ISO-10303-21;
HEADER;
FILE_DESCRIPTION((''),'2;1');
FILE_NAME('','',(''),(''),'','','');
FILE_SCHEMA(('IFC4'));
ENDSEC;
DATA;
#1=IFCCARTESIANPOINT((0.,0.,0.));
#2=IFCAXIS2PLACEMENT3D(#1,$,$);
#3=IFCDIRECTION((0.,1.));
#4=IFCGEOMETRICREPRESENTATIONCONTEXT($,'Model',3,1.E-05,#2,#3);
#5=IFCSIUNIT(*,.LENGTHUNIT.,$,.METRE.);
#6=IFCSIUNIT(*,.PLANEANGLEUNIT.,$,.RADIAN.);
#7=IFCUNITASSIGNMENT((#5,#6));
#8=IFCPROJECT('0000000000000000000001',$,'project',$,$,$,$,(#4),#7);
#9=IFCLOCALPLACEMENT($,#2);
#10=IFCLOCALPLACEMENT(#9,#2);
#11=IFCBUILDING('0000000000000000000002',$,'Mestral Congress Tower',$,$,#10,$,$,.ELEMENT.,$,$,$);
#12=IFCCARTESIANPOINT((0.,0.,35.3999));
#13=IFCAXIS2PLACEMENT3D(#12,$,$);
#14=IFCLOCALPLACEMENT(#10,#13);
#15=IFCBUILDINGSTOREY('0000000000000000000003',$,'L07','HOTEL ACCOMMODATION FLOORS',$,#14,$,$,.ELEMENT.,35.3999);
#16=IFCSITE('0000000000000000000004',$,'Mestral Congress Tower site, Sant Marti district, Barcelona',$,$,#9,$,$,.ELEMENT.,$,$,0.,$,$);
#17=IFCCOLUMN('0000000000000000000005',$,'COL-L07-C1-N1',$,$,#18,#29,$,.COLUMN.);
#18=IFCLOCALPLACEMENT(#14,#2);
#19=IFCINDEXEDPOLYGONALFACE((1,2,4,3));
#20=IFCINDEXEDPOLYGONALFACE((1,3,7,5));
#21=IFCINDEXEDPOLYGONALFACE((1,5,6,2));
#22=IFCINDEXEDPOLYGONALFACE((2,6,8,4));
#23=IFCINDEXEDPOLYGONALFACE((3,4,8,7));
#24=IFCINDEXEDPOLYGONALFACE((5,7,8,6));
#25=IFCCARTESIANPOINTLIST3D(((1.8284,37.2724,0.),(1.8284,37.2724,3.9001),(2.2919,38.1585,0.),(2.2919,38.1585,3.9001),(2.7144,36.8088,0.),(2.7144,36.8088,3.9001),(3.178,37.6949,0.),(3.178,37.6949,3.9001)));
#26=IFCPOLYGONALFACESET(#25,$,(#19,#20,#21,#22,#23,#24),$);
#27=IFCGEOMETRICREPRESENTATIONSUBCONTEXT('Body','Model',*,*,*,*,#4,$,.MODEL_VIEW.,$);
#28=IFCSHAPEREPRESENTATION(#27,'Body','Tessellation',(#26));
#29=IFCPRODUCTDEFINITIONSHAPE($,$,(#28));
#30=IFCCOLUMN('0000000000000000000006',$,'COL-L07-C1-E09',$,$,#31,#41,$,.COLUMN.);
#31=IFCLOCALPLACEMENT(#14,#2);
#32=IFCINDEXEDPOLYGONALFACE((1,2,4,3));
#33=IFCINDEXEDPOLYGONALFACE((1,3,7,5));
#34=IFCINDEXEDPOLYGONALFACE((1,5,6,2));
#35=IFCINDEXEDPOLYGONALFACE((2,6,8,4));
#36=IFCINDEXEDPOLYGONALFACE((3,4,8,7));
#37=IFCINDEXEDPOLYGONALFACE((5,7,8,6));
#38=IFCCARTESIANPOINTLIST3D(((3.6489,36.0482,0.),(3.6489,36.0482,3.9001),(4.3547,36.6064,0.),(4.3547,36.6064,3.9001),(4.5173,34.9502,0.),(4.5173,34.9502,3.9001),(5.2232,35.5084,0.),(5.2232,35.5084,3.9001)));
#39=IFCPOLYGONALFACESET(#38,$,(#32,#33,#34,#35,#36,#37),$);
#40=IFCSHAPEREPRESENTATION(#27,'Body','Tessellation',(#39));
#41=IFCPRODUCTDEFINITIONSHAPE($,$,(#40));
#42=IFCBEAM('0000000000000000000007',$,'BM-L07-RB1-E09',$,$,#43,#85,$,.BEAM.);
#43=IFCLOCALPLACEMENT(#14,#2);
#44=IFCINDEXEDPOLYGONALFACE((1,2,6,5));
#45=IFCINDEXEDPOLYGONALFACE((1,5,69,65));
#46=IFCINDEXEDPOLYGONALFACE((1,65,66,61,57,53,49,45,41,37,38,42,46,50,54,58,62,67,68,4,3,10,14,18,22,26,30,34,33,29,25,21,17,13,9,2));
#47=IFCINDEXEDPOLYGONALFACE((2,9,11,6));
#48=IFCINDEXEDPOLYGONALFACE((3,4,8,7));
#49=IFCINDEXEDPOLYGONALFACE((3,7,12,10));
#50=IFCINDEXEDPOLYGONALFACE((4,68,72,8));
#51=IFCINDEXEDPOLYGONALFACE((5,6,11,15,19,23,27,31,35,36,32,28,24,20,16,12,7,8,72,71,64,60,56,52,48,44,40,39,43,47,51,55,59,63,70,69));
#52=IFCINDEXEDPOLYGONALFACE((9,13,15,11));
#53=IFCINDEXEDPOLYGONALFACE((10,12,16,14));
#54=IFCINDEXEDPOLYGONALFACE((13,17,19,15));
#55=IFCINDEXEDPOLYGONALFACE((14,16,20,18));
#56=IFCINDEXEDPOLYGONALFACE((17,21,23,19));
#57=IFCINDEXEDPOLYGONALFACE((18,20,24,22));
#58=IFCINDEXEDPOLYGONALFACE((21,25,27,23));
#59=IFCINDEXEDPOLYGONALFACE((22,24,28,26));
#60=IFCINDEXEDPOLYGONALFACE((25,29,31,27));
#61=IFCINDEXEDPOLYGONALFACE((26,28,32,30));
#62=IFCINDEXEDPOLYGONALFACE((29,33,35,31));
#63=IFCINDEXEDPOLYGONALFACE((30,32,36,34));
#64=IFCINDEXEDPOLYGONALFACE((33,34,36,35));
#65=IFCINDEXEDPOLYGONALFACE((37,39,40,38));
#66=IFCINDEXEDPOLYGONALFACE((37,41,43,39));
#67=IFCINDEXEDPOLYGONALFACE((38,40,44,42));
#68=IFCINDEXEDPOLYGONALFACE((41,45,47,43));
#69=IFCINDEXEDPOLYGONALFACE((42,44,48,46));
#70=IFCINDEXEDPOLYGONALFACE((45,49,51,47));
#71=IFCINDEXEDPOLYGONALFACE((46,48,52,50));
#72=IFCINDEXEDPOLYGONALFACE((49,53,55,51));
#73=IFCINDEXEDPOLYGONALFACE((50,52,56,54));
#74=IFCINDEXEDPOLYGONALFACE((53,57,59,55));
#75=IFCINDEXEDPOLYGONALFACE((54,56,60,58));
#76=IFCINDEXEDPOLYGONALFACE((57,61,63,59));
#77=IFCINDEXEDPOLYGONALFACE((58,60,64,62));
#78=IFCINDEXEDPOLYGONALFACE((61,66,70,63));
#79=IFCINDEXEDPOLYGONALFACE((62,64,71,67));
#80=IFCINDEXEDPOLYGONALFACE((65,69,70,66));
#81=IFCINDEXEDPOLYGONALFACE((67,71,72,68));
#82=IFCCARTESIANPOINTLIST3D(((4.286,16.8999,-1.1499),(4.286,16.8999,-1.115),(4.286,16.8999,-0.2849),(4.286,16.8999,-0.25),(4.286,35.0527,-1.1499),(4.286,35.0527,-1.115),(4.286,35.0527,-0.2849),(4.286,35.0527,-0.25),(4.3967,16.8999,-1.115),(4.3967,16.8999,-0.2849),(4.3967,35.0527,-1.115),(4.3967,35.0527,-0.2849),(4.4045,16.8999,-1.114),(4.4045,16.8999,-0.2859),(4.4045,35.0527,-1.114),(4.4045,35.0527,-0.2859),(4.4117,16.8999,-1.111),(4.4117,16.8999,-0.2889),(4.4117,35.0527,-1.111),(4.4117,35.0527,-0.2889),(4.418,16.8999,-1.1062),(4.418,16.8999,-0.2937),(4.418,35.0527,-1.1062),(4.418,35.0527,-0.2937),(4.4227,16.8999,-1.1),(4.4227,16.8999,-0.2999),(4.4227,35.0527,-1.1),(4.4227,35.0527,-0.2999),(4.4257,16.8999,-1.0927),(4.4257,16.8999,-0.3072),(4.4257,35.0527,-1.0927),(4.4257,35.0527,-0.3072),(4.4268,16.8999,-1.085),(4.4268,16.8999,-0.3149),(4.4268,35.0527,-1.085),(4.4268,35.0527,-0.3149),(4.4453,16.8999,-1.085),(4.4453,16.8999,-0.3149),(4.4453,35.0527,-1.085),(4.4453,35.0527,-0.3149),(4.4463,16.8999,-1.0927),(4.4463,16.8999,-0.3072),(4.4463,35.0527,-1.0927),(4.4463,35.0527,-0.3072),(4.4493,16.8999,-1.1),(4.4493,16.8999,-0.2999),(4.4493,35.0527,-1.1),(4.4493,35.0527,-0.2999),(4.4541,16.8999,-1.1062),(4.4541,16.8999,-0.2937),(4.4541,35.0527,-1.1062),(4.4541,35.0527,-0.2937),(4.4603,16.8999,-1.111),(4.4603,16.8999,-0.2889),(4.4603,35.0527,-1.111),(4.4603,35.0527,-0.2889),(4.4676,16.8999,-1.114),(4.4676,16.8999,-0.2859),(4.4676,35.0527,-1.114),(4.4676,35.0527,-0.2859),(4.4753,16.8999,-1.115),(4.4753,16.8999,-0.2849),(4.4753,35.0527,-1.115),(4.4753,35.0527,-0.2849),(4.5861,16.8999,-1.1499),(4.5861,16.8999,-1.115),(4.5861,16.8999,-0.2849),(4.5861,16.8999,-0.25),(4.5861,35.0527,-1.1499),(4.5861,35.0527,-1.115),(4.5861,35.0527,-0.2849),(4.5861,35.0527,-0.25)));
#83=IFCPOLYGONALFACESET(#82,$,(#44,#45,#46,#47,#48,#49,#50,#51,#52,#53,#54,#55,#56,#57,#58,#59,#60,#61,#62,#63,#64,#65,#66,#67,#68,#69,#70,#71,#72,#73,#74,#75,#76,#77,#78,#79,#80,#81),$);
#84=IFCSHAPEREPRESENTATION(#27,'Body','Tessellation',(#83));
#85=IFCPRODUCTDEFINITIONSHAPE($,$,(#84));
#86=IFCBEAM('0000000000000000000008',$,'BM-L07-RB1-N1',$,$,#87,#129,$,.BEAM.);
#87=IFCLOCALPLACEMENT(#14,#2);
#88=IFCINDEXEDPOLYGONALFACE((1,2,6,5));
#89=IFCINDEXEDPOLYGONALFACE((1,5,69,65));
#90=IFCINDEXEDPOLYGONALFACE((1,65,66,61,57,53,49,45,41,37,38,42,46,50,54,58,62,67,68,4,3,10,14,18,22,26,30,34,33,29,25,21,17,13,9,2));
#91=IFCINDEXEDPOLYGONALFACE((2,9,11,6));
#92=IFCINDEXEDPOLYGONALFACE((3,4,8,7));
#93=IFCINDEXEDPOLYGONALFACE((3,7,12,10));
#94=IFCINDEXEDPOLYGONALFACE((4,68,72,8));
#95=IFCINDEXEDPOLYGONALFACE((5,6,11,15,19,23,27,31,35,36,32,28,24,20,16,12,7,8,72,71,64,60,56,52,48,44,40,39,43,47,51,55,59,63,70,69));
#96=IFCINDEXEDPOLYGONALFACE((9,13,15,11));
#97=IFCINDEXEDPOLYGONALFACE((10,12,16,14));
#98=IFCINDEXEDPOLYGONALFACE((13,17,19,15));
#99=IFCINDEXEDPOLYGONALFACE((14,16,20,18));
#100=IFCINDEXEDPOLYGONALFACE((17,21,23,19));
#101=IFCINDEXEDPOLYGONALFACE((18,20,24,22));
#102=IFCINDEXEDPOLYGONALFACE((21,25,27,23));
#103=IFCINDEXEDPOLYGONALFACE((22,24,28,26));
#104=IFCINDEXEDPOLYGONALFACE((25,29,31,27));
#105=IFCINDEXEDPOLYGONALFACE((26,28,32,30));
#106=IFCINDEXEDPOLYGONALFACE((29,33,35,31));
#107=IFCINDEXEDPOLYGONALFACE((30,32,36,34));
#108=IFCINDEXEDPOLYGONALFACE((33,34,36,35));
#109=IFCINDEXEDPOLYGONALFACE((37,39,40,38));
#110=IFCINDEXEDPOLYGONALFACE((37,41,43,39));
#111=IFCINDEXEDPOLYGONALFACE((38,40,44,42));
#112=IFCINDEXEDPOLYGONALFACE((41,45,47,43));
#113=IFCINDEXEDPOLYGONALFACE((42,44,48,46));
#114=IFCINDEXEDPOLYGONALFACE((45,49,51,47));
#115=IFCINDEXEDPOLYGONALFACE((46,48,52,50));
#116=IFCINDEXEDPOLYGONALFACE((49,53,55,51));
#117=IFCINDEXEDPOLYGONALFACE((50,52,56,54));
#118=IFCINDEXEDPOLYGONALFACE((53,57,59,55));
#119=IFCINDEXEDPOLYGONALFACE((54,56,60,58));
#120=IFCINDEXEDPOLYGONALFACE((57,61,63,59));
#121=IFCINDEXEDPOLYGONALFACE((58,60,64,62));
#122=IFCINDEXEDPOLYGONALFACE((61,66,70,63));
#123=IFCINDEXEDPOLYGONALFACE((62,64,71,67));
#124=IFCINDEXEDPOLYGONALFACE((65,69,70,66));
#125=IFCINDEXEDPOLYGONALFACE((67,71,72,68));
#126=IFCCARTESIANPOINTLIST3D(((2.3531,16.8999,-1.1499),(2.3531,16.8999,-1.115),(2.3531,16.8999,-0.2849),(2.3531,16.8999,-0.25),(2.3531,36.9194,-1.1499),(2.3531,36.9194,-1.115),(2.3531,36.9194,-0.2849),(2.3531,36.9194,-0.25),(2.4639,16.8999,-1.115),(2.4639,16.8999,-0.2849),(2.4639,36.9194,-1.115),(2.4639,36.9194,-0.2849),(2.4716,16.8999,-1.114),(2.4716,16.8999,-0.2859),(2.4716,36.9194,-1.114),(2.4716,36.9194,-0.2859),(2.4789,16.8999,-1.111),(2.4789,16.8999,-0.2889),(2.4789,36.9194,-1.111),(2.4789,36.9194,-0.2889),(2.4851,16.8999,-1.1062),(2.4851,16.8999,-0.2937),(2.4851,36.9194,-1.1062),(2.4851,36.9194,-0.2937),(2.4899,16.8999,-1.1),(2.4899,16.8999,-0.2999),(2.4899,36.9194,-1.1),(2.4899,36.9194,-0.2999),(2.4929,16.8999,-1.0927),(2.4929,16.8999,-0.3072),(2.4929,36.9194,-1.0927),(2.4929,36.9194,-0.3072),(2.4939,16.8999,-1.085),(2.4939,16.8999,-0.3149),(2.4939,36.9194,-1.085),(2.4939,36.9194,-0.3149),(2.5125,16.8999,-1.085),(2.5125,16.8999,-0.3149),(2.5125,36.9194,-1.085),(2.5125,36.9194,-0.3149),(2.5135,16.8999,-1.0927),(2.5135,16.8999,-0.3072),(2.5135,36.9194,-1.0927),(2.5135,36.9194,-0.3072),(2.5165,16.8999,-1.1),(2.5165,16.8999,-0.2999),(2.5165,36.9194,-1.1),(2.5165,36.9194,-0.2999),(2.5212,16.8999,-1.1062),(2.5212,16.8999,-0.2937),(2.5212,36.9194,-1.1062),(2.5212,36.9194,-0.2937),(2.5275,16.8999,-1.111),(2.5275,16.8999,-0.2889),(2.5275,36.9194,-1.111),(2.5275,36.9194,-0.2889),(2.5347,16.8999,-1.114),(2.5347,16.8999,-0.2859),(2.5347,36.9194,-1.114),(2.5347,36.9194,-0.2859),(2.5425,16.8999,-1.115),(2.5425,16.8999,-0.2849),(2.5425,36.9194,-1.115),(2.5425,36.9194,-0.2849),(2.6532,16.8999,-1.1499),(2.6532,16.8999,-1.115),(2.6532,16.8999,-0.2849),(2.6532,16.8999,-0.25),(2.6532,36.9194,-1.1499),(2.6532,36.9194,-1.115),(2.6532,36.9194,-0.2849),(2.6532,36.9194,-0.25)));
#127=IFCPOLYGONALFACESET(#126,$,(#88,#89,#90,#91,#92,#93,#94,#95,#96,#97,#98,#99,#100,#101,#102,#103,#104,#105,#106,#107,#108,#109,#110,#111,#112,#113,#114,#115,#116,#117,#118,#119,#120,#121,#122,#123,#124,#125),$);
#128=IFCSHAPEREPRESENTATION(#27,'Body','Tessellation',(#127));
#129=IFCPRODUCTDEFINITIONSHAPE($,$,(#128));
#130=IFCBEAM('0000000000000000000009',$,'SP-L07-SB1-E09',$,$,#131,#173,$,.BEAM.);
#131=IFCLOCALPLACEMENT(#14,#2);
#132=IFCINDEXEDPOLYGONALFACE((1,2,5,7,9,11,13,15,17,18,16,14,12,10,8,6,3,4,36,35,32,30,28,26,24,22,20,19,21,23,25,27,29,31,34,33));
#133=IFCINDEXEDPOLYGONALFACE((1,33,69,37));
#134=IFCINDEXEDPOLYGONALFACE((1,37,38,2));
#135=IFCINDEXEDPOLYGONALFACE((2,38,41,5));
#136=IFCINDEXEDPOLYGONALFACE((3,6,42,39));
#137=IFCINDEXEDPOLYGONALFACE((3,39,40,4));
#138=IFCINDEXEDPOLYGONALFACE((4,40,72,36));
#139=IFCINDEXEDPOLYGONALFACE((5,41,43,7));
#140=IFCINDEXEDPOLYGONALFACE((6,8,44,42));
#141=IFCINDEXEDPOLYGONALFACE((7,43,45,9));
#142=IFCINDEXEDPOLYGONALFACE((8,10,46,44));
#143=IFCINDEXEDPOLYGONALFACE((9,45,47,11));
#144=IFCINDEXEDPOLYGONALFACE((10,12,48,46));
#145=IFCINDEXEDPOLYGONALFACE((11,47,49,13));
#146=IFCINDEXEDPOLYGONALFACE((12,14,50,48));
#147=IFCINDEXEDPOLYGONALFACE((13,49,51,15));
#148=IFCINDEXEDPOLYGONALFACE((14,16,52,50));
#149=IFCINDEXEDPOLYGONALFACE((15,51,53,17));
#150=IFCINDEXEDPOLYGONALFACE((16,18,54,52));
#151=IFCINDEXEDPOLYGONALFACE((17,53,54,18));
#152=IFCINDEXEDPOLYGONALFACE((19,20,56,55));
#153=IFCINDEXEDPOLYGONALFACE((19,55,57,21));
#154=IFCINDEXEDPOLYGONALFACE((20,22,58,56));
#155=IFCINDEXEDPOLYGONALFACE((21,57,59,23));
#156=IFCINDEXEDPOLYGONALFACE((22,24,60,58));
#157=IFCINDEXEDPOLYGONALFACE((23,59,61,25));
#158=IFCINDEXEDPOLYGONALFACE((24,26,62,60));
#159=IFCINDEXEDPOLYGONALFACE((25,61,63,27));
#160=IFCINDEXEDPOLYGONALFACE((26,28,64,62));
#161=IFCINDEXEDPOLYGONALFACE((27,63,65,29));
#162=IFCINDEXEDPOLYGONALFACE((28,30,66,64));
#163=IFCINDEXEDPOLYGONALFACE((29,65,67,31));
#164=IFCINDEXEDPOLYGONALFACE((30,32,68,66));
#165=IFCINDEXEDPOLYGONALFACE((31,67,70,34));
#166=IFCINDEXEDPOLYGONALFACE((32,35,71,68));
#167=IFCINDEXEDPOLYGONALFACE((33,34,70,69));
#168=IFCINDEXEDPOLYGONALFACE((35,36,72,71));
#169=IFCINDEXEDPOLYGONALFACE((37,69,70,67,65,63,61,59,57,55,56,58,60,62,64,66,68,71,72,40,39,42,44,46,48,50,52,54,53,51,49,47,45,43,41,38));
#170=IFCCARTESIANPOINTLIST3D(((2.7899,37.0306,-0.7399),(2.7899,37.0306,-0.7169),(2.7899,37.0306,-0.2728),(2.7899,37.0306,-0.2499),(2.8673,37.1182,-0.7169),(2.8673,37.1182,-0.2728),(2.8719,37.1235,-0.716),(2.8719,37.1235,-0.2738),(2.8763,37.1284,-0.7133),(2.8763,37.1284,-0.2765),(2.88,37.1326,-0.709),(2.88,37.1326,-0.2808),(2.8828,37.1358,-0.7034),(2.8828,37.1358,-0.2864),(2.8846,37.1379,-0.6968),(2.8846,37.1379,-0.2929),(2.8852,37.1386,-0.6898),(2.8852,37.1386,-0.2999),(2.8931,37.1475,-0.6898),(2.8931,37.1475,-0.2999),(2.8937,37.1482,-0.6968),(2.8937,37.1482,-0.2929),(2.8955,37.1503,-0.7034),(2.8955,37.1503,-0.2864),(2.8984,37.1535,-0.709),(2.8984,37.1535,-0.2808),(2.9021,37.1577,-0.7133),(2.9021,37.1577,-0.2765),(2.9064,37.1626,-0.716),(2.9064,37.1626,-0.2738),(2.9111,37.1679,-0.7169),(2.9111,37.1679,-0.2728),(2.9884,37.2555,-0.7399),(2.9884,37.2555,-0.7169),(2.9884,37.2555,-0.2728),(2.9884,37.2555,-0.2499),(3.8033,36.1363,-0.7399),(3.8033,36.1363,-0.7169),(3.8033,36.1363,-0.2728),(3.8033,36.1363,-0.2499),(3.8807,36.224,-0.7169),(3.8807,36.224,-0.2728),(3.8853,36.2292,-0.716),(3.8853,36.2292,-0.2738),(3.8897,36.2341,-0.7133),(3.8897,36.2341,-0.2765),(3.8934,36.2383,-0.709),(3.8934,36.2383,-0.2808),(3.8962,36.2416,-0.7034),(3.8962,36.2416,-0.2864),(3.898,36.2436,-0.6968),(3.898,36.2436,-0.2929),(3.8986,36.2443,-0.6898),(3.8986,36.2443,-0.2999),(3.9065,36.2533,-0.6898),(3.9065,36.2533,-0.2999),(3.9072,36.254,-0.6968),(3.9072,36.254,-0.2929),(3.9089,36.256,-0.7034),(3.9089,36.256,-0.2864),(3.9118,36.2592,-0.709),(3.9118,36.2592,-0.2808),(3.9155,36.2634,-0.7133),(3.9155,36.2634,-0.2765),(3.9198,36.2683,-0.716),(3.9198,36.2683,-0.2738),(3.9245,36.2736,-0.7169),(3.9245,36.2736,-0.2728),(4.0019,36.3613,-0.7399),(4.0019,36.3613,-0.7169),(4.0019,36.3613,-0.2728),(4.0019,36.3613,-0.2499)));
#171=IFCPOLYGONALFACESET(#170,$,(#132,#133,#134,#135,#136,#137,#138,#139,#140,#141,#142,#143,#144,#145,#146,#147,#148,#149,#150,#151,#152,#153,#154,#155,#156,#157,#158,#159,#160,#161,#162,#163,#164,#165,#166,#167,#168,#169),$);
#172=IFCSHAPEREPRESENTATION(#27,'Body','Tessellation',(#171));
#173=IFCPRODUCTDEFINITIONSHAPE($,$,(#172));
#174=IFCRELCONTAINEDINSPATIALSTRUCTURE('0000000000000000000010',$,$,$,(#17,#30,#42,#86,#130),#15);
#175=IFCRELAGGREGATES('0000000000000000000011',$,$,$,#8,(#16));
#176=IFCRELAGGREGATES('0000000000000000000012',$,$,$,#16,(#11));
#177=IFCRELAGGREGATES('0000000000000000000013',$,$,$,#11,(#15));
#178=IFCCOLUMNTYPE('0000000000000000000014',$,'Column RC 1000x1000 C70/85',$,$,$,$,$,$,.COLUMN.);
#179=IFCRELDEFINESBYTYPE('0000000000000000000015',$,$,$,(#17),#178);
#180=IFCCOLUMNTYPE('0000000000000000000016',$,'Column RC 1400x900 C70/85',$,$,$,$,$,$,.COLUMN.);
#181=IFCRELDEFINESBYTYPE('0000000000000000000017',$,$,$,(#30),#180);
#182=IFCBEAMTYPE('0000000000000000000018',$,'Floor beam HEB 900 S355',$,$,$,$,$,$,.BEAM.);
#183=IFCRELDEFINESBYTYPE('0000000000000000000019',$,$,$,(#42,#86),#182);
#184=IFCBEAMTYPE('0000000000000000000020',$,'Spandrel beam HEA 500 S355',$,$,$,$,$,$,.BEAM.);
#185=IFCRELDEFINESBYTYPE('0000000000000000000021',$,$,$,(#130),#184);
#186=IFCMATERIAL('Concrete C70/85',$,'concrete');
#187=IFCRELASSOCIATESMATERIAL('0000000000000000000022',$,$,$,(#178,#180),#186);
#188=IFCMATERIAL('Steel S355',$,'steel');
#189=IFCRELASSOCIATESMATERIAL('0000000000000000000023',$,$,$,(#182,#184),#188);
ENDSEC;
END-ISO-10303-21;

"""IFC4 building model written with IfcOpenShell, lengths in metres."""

from ifc_helpers import new_model, si_unit, direction, frame, origin, origin_2d, place, context, subcontext, project, spatial, rectangle, i_section, extrude, material, material_profile, profile_set, type_object, element, save


model = new_model("IFC4")

# Units and contexts
model_context = context("Model", 3, precision=1e-05, world=origin(), true_north=direction((0.0, 1.0)))
body_context = subcontext(model_context, "Body", "Model", "MODEL_VIEW")
ifc_project = project(units=[si_unit("LENGTHUNIT", "METRE"), si_unit("PLANEANGLEUNIT", "RADIAN")], contexts=[model_context])

# Site, building, storey
site_placement = place(None, origin())
site = spatial("IfcSite", under=ifc_project, at=site_placement, Name="Mestral Congress Tower site, Sant Marti district, Barcelona", CompositionType="ELEMENT", RefElevation=0.0)
building_placement = place(site_placement, origin())
building = spatial("IfcBuilding", under=site, at=building_placement, Name="Mestral Congress Tower", CompositionType="ELEMENT")
storey_placement = place(building_placement, frame((0.0, 0.0, 35.3999)))
storey = spatial("IfcBuildingStorey", under=building, at=storey_placement, Name="L07", Description="HOTEL ACCOMMODATION FLOORS", CompositionType="ELEMENT", Elevation=35.3999)

# Columns
ifc_material_1 = material(Name="Concrete C70/85", Category="concrete")
ifc_material_profile_1 = material_profile(ifc_material_1, rectangle(XDim=1.0, YDim=1.0, at=origin_2d()), Name="RC 1000x1000")
ifc_profile_set_1 = profile_set([ifc_material_profile_1], Name="Concrete C70/85")
column_type_1 = type_object("IfcColumnType", Name="Column RC 1000x1000 C70/85", PredefinedType="COLUMN", material=ifc_profile_set_1)
column_1_placement = place(storey_placement, frame((2.5032, 37.4836, 0.0), z_axis=(0.0, 0.0, 1.0), x_axis=(-0.886068, 0.463556, 0.0)))
element("IfcColumn", 1, at=column_1_placement, inside=storey, type_object=column_type_1, Name="COL-L07-C1-N1", PredefinedType="COLUMN", context=body_context, shape_type="SweptSolid", body=[
    extrude(rectangle(XDim=1.0, YDim=1.0, at=origin_2d()), origin(), (0.0, 0.0, 1.0), 3.9001),
])
ifc_material_profile_2 = material_profile(ifc_material_1, rectangle(XDim=1.3999, YDim=0.8999, at=origin_2d()), Name="RC 1400x900")
ifc_profile_set_2 = profile_set([ifc_material_profile_2], Name="Concrete C70/85")
column_type_2 = type_object("IfcColumnType", Name="Column RC 1400x900 C70/85", PredefinedType="COLUMN", material=ifc_profile_set_2)
column_2_placement = place(storey_placement, frame((4.436, 35.7783, 0.0), z_axis=(0.0, 0.0, 1.0), x_axis=(-0.620334, 0.784338, 0.0)))
element("IfcColumn", 2, at=column_2_placement, inside=storey, type_object=column_type_2, Name="COL-L07-C1-E09", PredefinedType="COLUMN", context=body_context, shape_type="SweptSolid", body=[
    extrude(rectangle(XDim=1.3999, YDim=0.8999, at=origin_2d()), origin(), (0.0, 0.0, 1.0), 3.9001),
])

# Beams
ifc_material_2 = material(Name="Steel S355", Category="steel")
ifc_material_profile_3 = material_profile(ifc_material_2, i_section(OverallWidth=0.3, OverallDepth=0.8999, WebThickness=0.0186, FlangeThickness=0.0349, FilletRadius=0.03, at=origin_2d()), Name="HEB 900")
ifc_profile_set_3 = profile_set([ifc_material_profile_3], Name="Steel S355")
beam_type_1 = type_object("IfcBeamType", Name="Floor beam HEB 900 S355", PredefinedType="BEAM", material=ifc_profile_set_3)
beam_1_placement = place(storey_placement, frame((4.436, 35.0527, -0.7), z_axis=(0.0, -1.0, 0.0), x_axis=(1.0, 0.0, 0.0)))
element("IfcBeam", 3, at=beam_1_placement, inside=storey, type_object=beam_type_1, Name="BM-L07-RB1-E09", PredefinedType="BEAM", context=body_context, shape_type="SweptSolid", body=[
    extrude(i_section(OverallWidth=0.3, OverallDepth=0.8999, WebThickness=0.0186, FlangeThickness=0.0349, FilletRadius=0.03, at=origin_2d()), origin(), (0.0, 0.0, 1.0), 18.1528),
])
beam_2_placement = place(storey_placement, frame((2.5032, 36.9194, -0.7), z_axis=(0.0, -1.0, 0.0), x_axis=(1.0, 0.0, 0.0)))
element("IfcBeam", 4, at=beam_2_placement, inside=storey, type_object=beam_type_1, Name="BM-L07-RB1-N1", PredefinedType="BEAM", context=body_context, shape_type="SweptSolid", body=[
    extrude(i_section(OverallWidth=0.3, OverallDepth=0.8999, WebThickness=0.0186, FlangeThickness=0.0349, FilletRadius=0.03, at=origin_2d()), origin(), (0.0, 0.0, 1.0), 20.0195),
])
ifc_material_profile_4 = material_profile(ifc_material_2, i_section(OverallWidth=0.3, OverallDepth=0.49, WebThickness=0.012, FlangeThickness=0.0229, FilletRadius=0.0271, at=origin_2d()), Name="HEA 500")
ifc_profile_set_4 = profile_set([ifc_material_profile_4], Name="Steel S355")
beam_type_2 = type_object("IfcBeamType", Name="Spandrel beam HEA 500 S355", PredefinedType="BEAM", material=ifc_profile_set_4)
beam_3_placement = place(storey_placement, frame((3.9026, 36.2488, -0.4949), z_axis=(-0.749806, 0.661657, 0.0), x_axis=(-0.661657, -0.749806, 0.0)))
element("IfcBeam", 5, at=beam_3_placement, inside=storey, type_object=beam_type_2, Name="SP-L07-SB1-E09", PredefinedType="BEAM", context=body_context, shape_type="SweptSolid", body=[
    extrude(i_section(OverallWidth=0.3, OverallDepth=0.49, WebThickness=0.012, FlangeThickness=0.0229, FilletRadius=0.0271, at=origin_2d()), origin(), (0.0, 0.0, 1.0), 1.3516),
])

save(model, "model.ifc")
